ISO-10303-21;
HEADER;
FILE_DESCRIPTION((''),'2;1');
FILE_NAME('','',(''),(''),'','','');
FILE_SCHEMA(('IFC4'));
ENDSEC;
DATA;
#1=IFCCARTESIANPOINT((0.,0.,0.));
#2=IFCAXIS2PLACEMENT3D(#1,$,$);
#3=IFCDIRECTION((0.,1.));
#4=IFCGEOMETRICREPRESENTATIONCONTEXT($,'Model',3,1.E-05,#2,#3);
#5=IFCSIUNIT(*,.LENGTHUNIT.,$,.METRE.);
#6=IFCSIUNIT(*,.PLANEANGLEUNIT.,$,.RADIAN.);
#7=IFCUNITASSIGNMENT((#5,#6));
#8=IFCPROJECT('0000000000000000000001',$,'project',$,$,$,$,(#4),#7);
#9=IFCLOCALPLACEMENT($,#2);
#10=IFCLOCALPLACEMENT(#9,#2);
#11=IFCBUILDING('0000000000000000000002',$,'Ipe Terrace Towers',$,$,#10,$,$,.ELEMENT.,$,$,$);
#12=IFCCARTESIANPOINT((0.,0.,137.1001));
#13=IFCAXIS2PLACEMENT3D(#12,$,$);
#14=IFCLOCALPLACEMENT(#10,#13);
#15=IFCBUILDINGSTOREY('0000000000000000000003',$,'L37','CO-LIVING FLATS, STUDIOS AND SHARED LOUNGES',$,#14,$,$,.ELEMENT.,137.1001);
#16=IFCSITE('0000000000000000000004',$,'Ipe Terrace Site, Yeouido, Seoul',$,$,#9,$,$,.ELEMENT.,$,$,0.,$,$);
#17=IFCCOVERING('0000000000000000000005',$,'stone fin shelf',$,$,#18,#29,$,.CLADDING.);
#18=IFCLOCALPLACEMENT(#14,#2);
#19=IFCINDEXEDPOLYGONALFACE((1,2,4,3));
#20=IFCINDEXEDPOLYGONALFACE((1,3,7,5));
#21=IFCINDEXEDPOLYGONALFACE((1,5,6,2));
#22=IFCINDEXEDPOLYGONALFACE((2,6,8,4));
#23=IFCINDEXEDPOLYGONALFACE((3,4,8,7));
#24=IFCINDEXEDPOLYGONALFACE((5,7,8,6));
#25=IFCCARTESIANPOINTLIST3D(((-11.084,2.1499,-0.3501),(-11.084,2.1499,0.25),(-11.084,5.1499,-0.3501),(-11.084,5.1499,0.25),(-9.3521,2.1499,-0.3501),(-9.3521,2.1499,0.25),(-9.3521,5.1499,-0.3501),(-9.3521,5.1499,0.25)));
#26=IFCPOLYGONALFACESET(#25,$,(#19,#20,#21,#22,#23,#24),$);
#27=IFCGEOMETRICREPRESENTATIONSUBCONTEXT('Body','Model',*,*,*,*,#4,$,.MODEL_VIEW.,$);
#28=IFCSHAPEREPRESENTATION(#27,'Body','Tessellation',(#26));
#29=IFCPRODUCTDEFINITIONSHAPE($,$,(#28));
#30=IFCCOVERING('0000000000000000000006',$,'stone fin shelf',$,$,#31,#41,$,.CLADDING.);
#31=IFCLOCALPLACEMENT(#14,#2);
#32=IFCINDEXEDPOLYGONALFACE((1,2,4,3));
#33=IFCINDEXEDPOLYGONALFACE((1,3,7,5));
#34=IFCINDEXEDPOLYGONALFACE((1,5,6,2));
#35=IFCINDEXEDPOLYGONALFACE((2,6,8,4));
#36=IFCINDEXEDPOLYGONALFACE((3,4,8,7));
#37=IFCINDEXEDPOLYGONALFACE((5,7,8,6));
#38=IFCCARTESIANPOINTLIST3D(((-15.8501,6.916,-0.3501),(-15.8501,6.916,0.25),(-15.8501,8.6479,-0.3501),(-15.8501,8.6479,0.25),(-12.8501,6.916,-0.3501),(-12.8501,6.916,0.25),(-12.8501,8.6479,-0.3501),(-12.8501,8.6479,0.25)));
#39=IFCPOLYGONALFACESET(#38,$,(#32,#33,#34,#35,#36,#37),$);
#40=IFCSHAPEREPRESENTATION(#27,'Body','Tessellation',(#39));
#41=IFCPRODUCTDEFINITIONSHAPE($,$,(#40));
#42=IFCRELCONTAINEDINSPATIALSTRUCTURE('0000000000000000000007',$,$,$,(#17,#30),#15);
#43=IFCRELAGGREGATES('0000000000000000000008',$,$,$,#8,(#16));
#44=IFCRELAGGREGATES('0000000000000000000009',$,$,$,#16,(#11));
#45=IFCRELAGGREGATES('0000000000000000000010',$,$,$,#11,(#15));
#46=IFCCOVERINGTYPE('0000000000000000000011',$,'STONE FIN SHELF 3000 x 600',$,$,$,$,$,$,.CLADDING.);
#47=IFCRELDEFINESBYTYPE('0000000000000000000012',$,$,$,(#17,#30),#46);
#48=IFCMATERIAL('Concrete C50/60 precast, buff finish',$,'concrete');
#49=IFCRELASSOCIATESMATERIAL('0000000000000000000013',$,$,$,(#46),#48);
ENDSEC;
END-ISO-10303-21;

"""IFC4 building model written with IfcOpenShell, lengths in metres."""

from ifc_helpers import new_model, si_unit, direction, frame, origin, origin_2d, place, context, subcontext, project, spatial, rectangle, extrude, material, type_object, element, save


model = new_model("IFC4")

# Units and contexts
model_context = context("Model", 3, precision=1e-05, world=origin(), true_north=direction((0.0, 1.0)))
body_context = subcontext(model_context, "Body", "Model", "MODEL_VIEW")
ifc_project = project(units=[si_unit("LENGTHUNIT", "METRE"), si_unit("PLANEANGLEUNIT", "RADIAN")], contexts=[model_context])

# Site, building, storey
site_placement = place(None, origin())
site = spatial("IfcSite", under=ifc_project, at=site_placement, Name="Ipe Terrace Site, Yeouido, Seoul", CompositionType="ELEMENT", RefElevation=0.0)
building_placement = place(site_placement, origin())
building = spatial("IfcBuilding", under=site, at=building_placement, Name="Ipe Terrace Towers", CompositionType="ELEMENT")
storey_placement = place(building_placement, frame((0.0, 0.0, 137.1001)))
storey = spatial("IfcBuildingStorey", under=building, at=storey_placement, Name="L37", Description="CO-LIVING FLATS, STUDIOS AND SHARED LOUNGES", CompositionType="ELEMENT", Elevation=137.1001)

# Coverings
ifc_material_1 = material(Name="Concrete C50/60 precast, buff finish", Category="concrete")
covering_type_1 = type_object("IfcCoveringType", Name="STONE FIN SHELF 3000 x 600", PredefinedType="CLADDING", material=ifc_material_1)
for number, where, z_axis, x_axis, name in (
    (1, (-10.218, 3.6499, -0.3501), (0.0, 0.0, 1.0), (0.0, 1.0, 0.0), "stone fin shelf"),
    (2, (-14.3501, 7.782, -0.3501), (0.0, 0.0, 1.0), (-1.0, 0.0, 0.0), "stone fin shelf"),
):
    element("IfcCovering", number, at=place(storey_placement, frame(where, z_axis=z_axis, x_axis=x_axis)), inside=storey, type_object=covering_type_1, Name=name, PredefinedType="CLADDING", context=body_context, shape_type="SweptSolid", body=[
        extrude(rectangle(XDim=3.0, YDim=1.7319, at=origin_2d()), origin(), (0.0, 0.0, 1.0), 0.6001),
    ])

save(model, "model.ifc")
